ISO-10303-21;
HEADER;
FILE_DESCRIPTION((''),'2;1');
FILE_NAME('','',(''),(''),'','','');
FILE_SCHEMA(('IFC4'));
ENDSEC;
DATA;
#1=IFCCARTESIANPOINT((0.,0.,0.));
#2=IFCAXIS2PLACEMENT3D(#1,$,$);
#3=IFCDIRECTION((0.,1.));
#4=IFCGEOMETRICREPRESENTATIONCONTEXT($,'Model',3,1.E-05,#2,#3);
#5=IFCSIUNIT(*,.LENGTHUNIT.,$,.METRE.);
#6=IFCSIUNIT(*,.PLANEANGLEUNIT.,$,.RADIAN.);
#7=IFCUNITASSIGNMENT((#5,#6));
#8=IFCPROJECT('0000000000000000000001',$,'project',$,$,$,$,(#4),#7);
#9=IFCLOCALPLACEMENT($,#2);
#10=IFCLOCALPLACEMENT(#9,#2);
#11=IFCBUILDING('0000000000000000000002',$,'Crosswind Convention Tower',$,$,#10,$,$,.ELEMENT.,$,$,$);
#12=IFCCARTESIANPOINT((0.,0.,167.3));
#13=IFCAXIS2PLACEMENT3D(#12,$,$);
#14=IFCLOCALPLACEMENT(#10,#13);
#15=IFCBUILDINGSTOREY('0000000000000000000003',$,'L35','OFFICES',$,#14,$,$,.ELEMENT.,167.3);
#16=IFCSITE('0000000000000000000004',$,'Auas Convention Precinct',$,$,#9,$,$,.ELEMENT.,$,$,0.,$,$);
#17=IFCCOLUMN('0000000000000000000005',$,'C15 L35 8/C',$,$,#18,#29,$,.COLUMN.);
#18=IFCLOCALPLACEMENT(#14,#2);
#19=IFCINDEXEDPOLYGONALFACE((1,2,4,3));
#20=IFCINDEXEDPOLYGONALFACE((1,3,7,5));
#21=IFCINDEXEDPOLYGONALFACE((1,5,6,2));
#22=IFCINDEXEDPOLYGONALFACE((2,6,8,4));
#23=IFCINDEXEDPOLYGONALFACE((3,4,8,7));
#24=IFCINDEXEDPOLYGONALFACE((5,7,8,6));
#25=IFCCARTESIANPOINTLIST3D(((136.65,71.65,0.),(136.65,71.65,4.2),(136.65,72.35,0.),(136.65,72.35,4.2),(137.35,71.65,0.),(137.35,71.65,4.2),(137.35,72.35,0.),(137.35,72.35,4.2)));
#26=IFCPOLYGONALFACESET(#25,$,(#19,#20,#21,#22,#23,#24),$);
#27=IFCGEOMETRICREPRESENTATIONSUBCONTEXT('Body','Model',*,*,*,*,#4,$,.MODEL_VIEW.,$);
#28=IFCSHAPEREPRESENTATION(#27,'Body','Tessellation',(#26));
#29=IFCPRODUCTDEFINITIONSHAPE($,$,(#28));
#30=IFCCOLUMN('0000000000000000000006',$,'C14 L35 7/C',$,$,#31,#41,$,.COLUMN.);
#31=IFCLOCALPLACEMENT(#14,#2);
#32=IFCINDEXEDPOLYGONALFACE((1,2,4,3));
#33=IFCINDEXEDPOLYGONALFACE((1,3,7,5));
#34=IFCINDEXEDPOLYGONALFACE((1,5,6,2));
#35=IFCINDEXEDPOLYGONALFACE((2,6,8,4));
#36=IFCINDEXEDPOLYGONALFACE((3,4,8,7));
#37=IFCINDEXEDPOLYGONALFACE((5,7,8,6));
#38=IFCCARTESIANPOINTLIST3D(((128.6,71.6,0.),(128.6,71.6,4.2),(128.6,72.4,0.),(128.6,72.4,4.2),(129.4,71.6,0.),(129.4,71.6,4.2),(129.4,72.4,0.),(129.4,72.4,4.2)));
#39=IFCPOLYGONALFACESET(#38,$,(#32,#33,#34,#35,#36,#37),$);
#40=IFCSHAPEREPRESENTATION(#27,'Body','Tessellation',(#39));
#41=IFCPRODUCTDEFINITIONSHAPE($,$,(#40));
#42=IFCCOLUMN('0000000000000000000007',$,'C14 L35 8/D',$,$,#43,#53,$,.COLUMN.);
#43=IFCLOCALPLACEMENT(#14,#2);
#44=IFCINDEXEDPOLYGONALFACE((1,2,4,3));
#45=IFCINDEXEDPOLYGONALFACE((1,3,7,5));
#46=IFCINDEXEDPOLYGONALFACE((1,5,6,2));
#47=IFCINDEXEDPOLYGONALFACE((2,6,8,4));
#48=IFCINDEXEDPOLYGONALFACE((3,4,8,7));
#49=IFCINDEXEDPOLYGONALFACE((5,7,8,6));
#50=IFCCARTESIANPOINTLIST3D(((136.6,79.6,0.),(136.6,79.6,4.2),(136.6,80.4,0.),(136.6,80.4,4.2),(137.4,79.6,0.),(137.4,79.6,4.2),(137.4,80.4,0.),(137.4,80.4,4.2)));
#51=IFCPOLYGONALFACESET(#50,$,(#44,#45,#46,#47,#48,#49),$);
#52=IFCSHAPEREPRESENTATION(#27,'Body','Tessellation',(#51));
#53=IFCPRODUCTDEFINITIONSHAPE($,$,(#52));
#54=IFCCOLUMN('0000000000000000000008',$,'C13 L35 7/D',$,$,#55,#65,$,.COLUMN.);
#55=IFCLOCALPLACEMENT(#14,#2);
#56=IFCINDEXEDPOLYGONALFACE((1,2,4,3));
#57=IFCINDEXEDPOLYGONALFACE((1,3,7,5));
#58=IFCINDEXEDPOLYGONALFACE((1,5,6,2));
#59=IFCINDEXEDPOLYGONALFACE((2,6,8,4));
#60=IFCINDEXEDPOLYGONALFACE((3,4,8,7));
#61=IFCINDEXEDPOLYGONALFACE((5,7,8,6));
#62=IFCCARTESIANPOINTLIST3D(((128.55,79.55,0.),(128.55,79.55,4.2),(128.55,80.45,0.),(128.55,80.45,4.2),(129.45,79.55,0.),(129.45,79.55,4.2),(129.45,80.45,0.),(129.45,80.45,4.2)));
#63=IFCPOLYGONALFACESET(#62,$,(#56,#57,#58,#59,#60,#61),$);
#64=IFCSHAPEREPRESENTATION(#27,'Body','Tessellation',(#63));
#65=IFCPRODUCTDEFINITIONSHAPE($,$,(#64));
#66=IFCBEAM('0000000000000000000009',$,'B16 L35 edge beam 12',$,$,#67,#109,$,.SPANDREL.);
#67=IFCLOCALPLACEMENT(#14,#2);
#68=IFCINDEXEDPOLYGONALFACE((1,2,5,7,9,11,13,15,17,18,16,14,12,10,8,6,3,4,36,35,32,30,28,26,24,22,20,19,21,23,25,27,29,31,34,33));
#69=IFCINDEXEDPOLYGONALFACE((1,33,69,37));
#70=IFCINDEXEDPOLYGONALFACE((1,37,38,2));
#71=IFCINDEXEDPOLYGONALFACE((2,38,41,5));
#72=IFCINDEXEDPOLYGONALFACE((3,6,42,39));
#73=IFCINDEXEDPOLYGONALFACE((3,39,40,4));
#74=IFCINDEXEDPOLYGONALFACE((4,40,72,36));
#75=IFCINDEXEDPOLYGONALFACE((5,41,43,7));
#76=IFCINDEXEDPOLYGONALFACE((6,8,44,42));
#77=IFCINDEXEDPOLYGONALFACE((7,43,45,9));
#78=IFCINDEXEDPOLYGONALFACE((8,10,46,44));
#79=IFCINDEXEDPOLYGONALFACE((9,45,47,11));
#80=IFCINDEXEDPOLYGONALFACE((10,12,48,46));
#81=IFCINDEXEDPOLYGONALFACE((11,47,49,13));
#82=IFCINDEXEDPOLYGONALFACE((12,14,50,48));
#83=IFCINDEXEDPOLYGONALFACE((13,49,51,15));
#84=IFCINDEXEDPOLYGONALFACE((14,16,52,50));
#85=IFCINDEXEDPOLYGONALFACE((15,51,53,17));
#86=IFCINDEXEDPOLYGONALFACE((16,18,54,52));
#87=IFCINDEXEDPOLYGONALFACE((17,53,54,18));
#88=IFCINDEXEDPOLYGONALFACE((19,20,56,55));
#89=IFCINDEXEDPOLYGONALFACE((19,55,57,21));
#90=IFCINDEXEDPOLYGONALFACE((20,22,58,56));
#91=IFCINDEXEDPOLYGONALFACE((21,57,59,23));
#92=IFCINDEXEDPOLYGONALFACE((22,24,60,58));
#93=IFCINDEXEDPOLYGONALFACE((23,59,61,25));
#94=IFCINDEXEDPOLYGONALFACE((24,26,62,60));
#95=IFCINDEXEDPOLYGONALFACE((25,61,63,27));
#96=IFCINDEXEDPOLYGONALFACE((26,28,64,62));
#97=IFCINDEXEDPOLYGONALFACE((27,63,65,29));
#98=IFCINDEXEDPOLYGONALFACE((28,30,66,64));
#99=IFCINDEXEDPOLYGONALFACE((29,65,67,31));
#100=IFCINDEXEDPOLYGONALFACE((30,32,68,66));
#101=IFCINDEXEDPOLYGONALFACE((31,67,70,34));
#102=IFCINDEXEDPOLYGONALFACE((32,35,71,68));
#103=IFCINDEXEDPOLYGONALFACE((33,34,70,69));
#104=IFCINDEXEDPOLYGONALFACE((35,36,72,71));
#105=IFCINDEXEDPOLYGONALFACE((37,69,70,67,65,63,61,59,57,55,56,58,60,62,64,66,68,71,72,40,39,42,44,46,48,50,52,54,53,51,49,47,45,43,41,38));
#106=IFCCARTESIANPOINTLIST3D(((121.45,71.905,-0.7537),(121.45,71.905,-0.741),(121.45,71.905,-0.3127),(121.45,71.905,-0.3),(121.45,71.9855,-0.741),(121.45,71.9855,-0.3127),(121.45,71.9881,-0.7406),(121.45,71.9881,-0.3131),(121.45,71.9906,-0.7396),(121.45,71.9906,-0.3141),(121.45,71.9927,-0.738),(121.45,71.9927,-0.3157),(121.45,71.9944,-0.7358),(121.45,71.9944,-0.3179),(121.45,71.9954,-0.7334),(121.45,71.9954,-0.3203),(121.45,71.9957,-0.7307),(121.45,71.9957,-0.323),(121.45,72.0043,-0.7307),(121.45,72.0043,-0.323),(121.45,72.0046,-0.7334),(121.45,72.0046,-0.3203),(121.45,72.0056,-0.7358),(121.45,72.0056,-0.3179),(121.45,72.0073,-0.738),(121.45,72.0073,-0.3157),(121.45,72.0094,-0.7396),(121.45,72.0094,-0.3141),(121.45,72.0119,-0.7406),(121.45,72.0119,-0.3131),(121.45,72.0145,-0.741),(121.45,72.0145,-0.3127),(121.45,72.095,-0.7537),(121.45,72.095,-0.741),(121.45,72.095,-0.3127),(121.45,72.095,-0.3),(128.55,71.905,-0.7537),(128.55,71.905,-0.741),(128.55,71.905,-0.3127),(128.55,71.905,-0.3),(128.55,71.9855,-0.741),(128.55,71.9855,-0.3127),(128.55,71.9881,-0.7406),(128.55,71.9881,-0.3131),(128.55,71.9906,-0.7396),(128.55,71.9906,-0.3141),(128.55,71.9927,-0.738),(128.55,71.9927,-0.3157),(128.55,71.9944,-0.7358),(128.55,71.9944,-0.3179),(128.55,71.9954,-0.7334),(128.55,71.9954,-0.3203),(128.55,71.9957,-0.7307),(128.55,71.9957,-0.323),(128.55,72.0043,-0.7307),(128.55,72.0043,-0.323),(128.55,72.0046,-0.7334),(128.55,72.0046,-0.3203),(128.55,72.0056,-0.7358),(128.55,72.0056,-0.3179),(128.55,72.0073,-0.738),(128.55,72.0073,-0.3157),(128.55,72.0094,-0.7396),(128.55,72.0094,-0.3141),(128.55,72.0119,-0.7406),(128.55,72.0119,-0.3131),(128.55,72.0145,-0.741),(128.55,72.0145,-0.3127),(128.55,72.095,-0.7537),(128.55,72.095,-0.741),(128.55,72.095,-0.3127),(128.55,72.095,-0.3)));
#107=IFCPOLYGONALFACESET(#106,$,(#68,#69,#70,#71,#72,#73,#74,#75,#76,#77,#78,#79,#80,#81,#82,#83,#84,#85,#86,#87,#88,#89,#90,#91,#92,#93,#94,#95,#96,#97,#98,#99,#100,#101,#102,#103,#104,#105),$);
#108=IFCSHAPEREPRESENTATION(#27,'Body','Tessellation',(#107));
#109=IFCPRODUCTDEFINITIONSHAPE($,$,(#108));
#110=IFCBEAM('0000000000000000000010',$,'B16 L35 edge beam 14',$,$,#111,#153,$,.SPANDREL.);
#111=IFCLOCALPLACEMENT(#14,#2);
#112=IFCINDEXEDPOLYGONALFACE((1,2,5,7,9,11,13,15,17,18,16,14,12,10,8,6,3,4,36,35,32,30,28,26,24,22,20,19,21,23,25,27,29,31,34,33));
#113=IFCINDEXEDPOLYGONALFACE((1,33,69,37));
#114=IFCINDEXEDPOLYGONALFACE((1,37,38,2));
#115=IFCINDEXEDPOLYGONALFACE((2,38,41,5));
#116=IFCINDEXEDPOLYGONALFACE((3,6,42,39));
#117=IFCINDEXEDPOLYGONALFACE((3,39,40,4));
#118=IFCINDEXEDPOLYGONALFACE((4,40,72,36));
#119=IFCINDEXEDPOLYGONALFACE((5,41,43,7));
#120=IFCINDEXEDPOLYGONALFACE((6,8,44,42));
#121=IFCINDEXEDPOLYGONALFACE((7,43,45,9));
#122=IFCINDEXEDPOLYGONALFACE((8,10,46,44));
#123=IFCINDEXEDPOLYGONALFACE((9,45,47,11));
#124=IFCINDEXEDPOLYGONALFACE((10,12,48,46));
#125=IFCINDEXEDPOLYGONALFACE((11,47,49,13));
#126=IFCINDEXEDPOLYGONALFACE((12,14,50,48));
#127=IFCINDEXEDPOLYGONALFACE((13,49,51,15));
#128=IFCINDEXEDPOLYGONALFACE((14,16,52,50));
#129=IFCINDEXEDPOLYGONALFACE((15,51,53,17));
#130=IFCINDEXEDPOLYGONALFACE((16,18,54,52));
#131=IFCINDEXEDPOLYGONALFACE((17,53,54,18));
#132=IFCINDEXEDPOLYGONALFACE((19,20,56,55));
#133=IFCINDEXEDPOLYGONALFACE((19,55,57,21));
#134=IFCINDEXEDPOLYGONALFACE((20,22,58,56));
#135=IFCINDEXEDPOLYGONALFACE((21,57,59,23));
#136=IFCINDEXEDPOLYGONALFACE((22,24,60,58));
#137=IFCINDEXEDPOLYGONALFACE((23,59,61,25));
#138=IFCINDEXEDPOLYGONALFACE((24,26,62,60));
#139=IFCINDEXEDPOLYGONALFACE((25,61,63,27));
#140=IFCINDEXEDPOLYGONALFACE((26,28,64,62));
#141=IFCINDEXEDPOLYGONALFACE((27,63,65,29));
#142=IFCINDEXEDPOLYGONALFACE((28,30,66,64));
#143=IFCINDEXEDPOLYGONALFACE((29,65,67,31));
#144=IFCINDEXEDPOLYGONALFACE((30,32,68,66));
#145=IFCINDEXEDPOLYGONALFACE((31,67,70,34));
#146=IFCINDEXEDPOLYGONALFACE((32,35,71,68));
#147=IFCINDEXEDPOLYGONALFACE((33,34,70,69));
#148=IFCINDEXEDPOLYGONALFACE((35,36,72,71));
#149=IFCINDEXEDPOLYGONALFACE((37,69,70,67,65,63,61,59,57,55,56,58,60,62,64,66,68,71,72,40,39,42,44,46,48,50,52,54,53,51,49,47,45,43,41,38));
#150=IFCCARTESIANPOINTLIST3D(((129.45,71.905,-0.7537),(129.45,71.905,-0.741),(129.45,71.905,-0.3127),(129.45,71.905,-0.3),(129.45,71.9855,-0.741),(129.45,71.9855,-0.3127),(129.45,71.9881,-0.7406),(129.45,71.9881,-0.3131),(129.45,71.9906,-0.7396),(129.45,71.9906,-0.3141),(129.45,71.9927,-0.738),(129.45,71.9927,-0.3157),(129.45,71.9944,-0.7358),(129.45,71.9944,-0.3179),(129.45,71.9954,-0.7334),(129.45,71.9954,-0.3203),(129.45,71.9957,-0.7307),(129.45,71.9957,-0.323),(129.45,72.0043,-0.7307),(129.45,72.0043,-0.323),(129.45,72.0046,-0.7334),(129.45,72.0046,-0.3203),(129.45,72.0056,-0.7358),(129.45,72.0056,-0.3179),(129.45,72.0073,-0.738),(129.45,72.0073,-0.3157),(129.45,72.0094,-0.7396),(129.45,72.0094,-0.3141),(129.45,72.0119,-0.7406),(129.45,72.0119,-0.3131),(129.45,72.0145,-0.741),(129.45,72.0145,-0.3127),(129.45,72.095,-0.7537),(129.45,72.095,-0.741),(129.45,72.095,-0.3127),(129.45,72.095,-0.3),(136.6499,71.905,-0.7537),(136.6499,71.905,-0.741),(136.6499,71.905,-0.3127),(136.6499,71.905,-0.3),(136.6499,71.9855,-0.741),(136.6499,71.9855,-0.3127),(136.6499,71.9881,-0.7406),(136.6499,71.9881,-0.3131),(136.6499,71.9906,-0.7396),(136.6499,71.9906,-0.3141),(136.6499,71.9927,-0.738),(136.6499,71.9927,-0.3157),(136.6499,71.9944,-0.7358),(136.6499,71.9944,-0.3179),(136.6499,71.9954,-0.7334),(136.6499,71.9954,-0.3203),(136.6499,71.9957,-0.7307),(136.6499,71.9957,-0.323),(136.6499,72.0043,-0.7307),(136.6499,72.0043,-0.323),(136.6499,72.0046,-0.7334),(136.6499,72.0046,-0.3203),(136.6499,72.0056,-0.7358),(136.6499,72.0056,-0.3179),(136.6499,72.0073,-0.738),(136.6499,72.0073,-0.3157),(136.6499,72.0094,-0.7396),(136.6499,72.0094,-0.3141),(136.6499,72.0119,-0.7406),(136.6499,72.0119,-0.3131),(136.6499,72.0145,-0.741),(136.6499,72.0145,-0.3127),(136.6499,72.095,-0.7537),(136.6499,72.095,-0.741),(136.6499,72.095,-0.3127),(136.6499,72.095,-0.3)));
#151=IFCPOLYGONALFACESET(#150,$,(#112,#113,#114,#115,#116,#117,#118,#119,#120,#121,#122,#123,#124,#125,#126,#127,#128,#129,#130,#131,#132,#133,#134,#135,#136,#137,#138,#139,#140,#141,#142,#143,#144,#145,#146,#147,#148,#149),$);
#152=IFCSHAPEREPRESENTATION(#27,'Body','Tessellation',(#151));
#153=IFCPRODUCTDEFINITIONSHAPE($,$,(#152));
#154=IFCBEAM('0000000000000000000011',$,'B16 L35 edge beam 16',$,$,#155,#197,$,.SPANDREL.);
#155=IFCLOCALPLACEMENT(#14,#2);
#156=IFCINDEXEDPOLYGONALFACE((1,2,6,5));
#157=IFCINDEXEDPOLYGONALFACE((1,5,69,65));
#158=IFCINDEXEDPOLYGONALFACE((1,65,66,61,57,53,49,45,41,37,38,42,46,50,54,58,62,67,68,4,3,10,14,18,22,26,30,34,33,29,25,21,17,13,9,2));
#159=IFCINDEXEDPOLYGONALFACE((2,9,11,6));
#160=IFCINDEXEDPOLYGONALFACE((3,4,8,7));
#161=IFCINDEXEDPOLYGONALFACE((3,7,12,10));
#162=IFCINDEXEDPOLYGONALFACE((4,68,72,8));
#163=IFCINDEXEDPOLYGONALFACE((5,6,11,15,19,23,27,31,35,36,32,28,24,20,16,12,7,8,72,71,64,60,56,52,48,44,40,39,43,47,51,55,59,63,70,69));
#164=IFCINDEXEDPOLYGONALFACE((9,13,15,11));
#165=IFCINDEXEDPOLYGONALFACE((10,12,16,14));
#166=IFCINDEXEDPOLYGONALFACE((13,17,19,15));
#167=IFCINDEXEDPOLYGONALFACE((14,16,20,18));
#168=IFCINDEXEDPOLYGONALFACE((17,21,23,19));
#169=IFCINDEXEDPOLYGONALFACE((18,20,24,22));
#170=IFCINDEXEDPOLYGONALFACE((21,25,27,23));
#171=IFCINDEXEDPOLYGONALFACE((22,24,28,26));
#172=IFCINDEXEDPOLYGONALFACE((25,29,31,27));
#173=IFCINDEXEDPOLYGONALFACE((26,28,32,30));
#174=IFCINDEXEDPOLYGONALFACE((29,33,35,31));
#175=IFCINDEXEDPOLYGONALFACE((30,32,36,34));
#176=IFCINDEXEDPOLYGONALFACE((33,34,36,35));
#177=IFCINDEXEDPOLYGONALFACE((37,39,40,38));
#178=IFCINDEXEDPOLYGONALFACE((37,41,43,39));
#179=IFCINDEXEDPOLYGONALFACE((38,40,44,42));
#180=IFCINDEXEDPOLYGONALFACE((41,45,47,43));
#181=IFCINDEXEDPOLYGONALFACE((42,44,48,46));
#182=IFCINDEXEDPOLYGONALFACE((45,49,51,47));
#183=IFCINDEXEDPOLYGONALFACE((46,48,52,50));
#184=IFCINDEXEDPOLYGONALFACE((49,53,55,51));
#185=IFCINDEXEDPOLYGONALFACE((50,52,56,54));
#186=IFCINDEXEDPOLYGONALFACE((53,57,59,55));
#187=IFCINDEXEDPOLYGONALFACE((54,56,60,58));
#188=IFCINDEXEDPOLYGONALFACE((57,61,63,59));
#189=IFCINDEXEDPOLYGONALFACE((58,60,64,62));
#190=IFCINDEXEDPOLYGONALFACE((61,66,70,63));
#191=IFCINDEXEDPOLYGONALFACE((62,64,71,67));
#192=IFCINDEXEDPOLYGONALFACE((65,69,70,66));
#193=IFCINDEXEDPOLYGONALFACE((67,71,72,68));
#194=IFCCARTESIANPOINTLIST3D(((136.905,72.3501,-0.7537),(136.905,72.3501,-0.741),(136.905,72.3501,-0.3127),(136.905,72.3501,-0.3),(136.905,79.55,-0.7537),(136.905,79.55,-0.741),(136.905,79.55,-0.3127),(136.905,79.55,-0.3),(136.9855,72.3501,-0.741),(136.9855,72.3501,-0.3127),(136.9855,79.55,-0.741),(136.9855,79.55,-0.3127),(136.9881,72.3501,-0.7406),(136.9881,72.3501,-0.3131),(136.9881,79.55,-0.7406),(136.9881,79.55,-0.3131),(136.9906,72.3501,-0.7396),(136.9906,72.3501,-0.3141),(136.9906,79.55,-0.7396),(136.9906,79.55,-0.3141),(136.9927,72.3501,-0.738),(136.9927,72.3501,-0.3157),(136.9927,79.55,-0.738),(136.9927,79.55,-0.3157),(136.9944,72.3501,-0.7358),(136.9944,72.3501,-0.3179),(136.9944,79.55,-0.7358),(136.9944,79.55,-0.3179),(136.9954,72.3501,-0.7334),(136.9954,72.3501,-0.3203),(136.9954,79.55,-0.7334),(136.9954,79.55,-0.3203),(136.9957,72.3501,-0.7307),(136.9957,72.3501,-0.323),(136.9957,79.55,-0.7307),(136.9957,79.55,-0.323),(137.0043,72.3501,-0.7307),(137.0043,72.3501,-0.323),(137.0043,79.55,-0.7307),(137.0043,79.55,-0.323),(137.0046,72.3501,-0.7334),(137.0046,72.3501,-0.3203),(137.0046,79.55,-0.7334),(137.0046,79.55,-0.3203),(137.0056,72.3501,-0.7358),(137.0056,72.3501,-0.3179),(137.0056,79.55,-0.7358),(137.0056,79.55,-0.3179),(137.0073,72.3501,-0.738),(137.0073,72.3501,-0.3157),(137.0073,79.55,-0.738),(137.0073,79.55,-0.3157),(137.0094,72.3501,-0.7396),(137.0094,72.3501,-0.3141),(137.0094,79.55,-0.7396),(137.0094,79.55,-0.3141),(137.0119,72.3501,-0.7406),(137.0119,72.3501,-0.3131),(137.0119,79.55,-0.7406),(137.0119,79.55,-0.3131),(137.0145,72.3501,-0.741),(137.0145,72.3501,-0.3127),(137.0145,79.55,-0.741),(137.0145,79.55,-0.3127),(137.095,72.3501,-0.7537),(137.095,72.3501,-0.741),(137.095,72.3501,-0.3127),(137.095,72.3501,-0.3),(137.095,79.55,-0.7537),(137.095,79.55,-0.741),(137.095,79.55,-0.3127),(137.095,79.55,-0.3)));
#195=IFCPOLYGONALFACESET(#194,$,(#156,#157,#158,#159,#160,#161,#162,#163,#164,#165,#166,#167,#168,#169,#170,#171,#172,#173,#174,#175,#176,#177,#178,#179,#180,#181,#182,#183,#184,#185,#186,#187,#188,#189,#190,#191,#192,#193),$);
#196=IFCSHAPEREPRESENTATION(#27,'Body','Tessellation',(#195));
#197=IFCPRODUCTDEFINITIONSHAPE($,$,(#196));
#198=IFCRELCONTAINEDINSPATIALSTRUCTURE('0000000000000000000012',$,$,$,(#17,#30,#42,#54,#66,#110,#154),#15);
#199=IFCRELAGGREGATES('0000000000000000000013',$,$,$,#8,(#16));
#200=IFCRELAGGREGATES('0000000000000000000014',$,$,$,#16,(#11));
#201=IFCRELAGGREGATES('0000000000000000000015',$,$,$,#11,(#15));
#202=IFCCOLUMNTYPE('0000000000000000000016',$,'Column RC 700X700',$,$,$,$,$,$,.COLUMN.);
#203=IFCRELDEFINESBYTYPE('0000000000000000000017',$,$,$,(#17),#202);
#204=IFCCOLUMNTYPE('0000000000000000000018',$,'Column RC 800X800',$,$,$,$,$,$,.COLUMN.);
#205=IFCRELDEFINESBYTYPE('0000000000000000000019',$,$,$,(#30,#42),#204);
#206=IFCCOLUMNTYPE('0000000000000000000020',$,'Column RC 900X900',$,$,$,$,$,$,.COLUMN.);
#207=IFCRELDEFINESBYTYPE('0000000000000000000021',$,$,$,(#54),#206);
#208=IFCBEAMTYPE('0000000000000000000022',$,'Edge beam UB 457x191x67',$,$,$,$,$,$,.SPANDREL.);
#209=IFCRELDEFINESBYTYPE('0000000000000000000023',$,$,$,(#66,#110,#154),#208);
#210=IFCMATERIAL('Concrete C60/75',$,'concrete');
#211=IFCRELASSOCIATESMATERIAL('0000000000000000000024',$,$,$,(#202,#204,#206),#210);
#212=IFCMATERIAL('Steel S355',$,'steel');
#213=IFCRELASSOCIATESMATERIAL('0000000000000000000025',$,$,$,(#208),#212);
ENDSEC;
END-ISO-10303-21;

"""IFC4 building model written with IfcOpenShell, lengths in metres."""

from ifc_helpers import new_model, si_unit, direction, frame, origin, origin_2d, place, context, subcontext, project, spatial, rectangle, i_section, extrude, material, material_profile, profile_set, type_object, element, save


model = new_model("IFC4")

# Units and contexts
model_context = context("Model", 3, precision=1e-05, world=origin(), true_north=direction((0.0, 1.0)))
body_context = subcontext(model_context, "Body", "Model", "MODEL_VIEW")
ifc_project = project(units=[si_unit("LENGTHUNIT", "METRE"), si_unit("PLANEANGLEUNIT", "RADIAN")], contexts=[model_context])

# Site, building, storey
site_placement = place(None, origin())
site = spatial("IfcSite", under=ifc_project, at=site_placement, Name="Auas Convention Precinct", CompositionType="ELEMENT", RefElevation=0.0)
building_placement = place(site_placement, origin())
building = spatial("IfcBuilding", under=site, at=building_placement, Name="Crosswind Convention Tower", CompositionType="ELEMENT")
storey_placement = place(building_placement, frame((0.0, 0.0, 167.3)))
storey = spatial("IfcBuildingStorey", under=building, at=storey_placement, Name="L35", Description="OFFICES", CompositionType="ELEMENT", Elevation=167.3)

# Columns
ifc_material_1 = material(Name="Concrete C60/75", Category="concrete")
ifc_material_profile_1 = material_profile(ifc_material_1, rectangle(XDim=0.7, YDim=0.7, at=origin_2d()), Name="RC 700X700")
ifc_profile_set_1 = profile_set([ifc_material_profile_1], Name="Concrete C60/75")
column_type_1 = type_object("IfcColumnType", Name="Column RC 700X700", PredefinedType="COLUMN", material=ifc_profile_set_1)
column_1_placement = place(storey_placement, frame((137.0, 72.0, 0.0), z_axis=(0.0, 0.0, 1.0), x_axis=(1.0, 0.0, 0.0)))
element("IfcColumn", 1, at=column_1_placement, inside=storey, type_object=column_type_1, Name="C15 L35 8/C", PredefinedType="COLUMN", context=body_context, shape_type="SweptSolid", body=[
    extrude(rectangle(XDim=0.7, YDim=0.7, at=origin_2d()), origin(), (0.0, 0.0, 1.0), 4.2),
])
ifc_material_profile_2 = material_profile(ifc_material_1, rectangle(XDim=0.8, YDim=0.8, at=origin_2d()), Name="RC 800X800")
ifc_profile_set_2 = profile_set([ifc_material_profile_2], Name="Concrete C60/75")
column_type_2 = type_object("IfcColumnType", Name="Column RC 800X800", PredefinedType="COLUMN", material=ifc_profile_set_2)
for number, where, z_axis, x_axis, name in (
    (2, (129.0, 72.0, 0.0), (0.0, 0.0, 1.0), (1.0, 0.0, 0.0), "C14 L35 7/C"),
    (3, (137.0, 80.0, 0.0), (0.0, 0.0, 1.0), (1.0, 0.0, 0.0), "C14 L35 8/D"),
):
    element("IfcColumn", number, at=place(storey_placement, frame(where, z_axis=z_axis, x_axis=x_axis)), inside=storey, type_object=column_type_2, Name=name, PredefinedType="COLUMN", context=body_context, shape_type="SweptSolid", body=[
        extrude(rectangle(XDim=0.8, YDim=0.8, at=origin_2d()), origin(), (0.0, 0.0, 1.0), 4.2),
    ])
ifc_material_profile_3 = material_profile(ifc_material_1, rectangle(XDim=0.8999, YDim=0.8999, at=origin_2d()), Name="RC 900X900")
ifc_profile_set_3 = profile_set([ifc_material_profile_3], Name="Concrete C60/75")
column_type_3 = type_object("IfcColumnType", Name="Column RC 900X900", PredefinedType="COLUMN", material=ifc_profile_set_3)
column_2_placement = place(storey_placement, frame((129.0, 80.0, 0.0), z_axis=(0.0, 0.0, 1.0), x_axis=(1.0, 0.0, 0.0)))
element("IfcColumn", 4, at=column_2_placement, inside=storey, type_object=column_type_3, Name="C13 L35 7/D", PredefinedType="COLUMN", context=body_context, shape_type="SweptSolid", body=[
    extrude(rectangle(XDim=0.8999, YDim=0.8999, at=origin_2d()), origin(), (0.0, 0.0, 1.0), 4.2),
])

# Beams
ifc_material_2 = material(Name="Steel S355", Category="steel")
ifc_material_profile_4 = material_profile(ifc_material_2, i_section(OverallWidth=0.1899, OverallDepth=0.4536, WebThickness=0.0085, FlangeThickness=0.0127, FilletRadius=0.0103, at=origin_2d()), Name="UB 457x191x67")
ifc_profile_set_4 = profile_set([ifc_material_profile_4], Name="Steel S355")
beam_type_1 = type_object("IfcBeamType", Name="Edge beam UB 457x191x67", PredefinedType="SPANDREL", material=ifc_profile_set_4)
beam_1_placement = place(storey_placement, frame((121.45, 72.0, -0.5269), z_axis=(1.0, 0.0, 0.0), x_axis=(0.0, 1.0, 0.0)))
element("IfcBeam", 5, at=beam_1_placement, inside=storey, type_object=beam_type_1, Name="B16 L35 edge beam 12", PredefinedType="SPANDREL", context=body_context, shape_type="SweptSolid", body=[
    extrude(i_section(OverallWidth=0.1899, OverallDepth=0.4536, WebThickness=0.0085, FlangeThickness=0.0127, FilletRadius=0.0103, at=origin_2d()), origin(), (0.0, 0.0, 1.0), 7.1001),
])
for number, where, z_axis, x_axis, name in (
    (6, (129.45, 72.0, -0.5269), (1.0, 0.0, 0.0), (0.0, 1.0, 0.0), "B16 L35 edge beam 14"),
    (7, (137.0, 72.3501, -0.5269), (0.0, 1.0, 0.0), (-1.0, 0.0, 0.0), "B16 L35 edge beam 16"),
):
    element("IfcBeam", number, at=place(storey_placement, frame(where, z_axis=z_axis, x_axis=x_axis)), inside=storey, type_object=beam_type_1, Name=name, PredefinedType="SPANDREL", context=body_context, shape_type="SweptSolid", body=[
        extrude(i_section(OverallWidth=0.1899, OverallDepth=0.4536, WebThickness=0.0085, FlangeThickness=0.0127, FilletRadius=0.0103, at=origin_2d()), origin(), (0.0, 0.0, 1.0), 7.2),
    ])

save(model, "model.ifc")
